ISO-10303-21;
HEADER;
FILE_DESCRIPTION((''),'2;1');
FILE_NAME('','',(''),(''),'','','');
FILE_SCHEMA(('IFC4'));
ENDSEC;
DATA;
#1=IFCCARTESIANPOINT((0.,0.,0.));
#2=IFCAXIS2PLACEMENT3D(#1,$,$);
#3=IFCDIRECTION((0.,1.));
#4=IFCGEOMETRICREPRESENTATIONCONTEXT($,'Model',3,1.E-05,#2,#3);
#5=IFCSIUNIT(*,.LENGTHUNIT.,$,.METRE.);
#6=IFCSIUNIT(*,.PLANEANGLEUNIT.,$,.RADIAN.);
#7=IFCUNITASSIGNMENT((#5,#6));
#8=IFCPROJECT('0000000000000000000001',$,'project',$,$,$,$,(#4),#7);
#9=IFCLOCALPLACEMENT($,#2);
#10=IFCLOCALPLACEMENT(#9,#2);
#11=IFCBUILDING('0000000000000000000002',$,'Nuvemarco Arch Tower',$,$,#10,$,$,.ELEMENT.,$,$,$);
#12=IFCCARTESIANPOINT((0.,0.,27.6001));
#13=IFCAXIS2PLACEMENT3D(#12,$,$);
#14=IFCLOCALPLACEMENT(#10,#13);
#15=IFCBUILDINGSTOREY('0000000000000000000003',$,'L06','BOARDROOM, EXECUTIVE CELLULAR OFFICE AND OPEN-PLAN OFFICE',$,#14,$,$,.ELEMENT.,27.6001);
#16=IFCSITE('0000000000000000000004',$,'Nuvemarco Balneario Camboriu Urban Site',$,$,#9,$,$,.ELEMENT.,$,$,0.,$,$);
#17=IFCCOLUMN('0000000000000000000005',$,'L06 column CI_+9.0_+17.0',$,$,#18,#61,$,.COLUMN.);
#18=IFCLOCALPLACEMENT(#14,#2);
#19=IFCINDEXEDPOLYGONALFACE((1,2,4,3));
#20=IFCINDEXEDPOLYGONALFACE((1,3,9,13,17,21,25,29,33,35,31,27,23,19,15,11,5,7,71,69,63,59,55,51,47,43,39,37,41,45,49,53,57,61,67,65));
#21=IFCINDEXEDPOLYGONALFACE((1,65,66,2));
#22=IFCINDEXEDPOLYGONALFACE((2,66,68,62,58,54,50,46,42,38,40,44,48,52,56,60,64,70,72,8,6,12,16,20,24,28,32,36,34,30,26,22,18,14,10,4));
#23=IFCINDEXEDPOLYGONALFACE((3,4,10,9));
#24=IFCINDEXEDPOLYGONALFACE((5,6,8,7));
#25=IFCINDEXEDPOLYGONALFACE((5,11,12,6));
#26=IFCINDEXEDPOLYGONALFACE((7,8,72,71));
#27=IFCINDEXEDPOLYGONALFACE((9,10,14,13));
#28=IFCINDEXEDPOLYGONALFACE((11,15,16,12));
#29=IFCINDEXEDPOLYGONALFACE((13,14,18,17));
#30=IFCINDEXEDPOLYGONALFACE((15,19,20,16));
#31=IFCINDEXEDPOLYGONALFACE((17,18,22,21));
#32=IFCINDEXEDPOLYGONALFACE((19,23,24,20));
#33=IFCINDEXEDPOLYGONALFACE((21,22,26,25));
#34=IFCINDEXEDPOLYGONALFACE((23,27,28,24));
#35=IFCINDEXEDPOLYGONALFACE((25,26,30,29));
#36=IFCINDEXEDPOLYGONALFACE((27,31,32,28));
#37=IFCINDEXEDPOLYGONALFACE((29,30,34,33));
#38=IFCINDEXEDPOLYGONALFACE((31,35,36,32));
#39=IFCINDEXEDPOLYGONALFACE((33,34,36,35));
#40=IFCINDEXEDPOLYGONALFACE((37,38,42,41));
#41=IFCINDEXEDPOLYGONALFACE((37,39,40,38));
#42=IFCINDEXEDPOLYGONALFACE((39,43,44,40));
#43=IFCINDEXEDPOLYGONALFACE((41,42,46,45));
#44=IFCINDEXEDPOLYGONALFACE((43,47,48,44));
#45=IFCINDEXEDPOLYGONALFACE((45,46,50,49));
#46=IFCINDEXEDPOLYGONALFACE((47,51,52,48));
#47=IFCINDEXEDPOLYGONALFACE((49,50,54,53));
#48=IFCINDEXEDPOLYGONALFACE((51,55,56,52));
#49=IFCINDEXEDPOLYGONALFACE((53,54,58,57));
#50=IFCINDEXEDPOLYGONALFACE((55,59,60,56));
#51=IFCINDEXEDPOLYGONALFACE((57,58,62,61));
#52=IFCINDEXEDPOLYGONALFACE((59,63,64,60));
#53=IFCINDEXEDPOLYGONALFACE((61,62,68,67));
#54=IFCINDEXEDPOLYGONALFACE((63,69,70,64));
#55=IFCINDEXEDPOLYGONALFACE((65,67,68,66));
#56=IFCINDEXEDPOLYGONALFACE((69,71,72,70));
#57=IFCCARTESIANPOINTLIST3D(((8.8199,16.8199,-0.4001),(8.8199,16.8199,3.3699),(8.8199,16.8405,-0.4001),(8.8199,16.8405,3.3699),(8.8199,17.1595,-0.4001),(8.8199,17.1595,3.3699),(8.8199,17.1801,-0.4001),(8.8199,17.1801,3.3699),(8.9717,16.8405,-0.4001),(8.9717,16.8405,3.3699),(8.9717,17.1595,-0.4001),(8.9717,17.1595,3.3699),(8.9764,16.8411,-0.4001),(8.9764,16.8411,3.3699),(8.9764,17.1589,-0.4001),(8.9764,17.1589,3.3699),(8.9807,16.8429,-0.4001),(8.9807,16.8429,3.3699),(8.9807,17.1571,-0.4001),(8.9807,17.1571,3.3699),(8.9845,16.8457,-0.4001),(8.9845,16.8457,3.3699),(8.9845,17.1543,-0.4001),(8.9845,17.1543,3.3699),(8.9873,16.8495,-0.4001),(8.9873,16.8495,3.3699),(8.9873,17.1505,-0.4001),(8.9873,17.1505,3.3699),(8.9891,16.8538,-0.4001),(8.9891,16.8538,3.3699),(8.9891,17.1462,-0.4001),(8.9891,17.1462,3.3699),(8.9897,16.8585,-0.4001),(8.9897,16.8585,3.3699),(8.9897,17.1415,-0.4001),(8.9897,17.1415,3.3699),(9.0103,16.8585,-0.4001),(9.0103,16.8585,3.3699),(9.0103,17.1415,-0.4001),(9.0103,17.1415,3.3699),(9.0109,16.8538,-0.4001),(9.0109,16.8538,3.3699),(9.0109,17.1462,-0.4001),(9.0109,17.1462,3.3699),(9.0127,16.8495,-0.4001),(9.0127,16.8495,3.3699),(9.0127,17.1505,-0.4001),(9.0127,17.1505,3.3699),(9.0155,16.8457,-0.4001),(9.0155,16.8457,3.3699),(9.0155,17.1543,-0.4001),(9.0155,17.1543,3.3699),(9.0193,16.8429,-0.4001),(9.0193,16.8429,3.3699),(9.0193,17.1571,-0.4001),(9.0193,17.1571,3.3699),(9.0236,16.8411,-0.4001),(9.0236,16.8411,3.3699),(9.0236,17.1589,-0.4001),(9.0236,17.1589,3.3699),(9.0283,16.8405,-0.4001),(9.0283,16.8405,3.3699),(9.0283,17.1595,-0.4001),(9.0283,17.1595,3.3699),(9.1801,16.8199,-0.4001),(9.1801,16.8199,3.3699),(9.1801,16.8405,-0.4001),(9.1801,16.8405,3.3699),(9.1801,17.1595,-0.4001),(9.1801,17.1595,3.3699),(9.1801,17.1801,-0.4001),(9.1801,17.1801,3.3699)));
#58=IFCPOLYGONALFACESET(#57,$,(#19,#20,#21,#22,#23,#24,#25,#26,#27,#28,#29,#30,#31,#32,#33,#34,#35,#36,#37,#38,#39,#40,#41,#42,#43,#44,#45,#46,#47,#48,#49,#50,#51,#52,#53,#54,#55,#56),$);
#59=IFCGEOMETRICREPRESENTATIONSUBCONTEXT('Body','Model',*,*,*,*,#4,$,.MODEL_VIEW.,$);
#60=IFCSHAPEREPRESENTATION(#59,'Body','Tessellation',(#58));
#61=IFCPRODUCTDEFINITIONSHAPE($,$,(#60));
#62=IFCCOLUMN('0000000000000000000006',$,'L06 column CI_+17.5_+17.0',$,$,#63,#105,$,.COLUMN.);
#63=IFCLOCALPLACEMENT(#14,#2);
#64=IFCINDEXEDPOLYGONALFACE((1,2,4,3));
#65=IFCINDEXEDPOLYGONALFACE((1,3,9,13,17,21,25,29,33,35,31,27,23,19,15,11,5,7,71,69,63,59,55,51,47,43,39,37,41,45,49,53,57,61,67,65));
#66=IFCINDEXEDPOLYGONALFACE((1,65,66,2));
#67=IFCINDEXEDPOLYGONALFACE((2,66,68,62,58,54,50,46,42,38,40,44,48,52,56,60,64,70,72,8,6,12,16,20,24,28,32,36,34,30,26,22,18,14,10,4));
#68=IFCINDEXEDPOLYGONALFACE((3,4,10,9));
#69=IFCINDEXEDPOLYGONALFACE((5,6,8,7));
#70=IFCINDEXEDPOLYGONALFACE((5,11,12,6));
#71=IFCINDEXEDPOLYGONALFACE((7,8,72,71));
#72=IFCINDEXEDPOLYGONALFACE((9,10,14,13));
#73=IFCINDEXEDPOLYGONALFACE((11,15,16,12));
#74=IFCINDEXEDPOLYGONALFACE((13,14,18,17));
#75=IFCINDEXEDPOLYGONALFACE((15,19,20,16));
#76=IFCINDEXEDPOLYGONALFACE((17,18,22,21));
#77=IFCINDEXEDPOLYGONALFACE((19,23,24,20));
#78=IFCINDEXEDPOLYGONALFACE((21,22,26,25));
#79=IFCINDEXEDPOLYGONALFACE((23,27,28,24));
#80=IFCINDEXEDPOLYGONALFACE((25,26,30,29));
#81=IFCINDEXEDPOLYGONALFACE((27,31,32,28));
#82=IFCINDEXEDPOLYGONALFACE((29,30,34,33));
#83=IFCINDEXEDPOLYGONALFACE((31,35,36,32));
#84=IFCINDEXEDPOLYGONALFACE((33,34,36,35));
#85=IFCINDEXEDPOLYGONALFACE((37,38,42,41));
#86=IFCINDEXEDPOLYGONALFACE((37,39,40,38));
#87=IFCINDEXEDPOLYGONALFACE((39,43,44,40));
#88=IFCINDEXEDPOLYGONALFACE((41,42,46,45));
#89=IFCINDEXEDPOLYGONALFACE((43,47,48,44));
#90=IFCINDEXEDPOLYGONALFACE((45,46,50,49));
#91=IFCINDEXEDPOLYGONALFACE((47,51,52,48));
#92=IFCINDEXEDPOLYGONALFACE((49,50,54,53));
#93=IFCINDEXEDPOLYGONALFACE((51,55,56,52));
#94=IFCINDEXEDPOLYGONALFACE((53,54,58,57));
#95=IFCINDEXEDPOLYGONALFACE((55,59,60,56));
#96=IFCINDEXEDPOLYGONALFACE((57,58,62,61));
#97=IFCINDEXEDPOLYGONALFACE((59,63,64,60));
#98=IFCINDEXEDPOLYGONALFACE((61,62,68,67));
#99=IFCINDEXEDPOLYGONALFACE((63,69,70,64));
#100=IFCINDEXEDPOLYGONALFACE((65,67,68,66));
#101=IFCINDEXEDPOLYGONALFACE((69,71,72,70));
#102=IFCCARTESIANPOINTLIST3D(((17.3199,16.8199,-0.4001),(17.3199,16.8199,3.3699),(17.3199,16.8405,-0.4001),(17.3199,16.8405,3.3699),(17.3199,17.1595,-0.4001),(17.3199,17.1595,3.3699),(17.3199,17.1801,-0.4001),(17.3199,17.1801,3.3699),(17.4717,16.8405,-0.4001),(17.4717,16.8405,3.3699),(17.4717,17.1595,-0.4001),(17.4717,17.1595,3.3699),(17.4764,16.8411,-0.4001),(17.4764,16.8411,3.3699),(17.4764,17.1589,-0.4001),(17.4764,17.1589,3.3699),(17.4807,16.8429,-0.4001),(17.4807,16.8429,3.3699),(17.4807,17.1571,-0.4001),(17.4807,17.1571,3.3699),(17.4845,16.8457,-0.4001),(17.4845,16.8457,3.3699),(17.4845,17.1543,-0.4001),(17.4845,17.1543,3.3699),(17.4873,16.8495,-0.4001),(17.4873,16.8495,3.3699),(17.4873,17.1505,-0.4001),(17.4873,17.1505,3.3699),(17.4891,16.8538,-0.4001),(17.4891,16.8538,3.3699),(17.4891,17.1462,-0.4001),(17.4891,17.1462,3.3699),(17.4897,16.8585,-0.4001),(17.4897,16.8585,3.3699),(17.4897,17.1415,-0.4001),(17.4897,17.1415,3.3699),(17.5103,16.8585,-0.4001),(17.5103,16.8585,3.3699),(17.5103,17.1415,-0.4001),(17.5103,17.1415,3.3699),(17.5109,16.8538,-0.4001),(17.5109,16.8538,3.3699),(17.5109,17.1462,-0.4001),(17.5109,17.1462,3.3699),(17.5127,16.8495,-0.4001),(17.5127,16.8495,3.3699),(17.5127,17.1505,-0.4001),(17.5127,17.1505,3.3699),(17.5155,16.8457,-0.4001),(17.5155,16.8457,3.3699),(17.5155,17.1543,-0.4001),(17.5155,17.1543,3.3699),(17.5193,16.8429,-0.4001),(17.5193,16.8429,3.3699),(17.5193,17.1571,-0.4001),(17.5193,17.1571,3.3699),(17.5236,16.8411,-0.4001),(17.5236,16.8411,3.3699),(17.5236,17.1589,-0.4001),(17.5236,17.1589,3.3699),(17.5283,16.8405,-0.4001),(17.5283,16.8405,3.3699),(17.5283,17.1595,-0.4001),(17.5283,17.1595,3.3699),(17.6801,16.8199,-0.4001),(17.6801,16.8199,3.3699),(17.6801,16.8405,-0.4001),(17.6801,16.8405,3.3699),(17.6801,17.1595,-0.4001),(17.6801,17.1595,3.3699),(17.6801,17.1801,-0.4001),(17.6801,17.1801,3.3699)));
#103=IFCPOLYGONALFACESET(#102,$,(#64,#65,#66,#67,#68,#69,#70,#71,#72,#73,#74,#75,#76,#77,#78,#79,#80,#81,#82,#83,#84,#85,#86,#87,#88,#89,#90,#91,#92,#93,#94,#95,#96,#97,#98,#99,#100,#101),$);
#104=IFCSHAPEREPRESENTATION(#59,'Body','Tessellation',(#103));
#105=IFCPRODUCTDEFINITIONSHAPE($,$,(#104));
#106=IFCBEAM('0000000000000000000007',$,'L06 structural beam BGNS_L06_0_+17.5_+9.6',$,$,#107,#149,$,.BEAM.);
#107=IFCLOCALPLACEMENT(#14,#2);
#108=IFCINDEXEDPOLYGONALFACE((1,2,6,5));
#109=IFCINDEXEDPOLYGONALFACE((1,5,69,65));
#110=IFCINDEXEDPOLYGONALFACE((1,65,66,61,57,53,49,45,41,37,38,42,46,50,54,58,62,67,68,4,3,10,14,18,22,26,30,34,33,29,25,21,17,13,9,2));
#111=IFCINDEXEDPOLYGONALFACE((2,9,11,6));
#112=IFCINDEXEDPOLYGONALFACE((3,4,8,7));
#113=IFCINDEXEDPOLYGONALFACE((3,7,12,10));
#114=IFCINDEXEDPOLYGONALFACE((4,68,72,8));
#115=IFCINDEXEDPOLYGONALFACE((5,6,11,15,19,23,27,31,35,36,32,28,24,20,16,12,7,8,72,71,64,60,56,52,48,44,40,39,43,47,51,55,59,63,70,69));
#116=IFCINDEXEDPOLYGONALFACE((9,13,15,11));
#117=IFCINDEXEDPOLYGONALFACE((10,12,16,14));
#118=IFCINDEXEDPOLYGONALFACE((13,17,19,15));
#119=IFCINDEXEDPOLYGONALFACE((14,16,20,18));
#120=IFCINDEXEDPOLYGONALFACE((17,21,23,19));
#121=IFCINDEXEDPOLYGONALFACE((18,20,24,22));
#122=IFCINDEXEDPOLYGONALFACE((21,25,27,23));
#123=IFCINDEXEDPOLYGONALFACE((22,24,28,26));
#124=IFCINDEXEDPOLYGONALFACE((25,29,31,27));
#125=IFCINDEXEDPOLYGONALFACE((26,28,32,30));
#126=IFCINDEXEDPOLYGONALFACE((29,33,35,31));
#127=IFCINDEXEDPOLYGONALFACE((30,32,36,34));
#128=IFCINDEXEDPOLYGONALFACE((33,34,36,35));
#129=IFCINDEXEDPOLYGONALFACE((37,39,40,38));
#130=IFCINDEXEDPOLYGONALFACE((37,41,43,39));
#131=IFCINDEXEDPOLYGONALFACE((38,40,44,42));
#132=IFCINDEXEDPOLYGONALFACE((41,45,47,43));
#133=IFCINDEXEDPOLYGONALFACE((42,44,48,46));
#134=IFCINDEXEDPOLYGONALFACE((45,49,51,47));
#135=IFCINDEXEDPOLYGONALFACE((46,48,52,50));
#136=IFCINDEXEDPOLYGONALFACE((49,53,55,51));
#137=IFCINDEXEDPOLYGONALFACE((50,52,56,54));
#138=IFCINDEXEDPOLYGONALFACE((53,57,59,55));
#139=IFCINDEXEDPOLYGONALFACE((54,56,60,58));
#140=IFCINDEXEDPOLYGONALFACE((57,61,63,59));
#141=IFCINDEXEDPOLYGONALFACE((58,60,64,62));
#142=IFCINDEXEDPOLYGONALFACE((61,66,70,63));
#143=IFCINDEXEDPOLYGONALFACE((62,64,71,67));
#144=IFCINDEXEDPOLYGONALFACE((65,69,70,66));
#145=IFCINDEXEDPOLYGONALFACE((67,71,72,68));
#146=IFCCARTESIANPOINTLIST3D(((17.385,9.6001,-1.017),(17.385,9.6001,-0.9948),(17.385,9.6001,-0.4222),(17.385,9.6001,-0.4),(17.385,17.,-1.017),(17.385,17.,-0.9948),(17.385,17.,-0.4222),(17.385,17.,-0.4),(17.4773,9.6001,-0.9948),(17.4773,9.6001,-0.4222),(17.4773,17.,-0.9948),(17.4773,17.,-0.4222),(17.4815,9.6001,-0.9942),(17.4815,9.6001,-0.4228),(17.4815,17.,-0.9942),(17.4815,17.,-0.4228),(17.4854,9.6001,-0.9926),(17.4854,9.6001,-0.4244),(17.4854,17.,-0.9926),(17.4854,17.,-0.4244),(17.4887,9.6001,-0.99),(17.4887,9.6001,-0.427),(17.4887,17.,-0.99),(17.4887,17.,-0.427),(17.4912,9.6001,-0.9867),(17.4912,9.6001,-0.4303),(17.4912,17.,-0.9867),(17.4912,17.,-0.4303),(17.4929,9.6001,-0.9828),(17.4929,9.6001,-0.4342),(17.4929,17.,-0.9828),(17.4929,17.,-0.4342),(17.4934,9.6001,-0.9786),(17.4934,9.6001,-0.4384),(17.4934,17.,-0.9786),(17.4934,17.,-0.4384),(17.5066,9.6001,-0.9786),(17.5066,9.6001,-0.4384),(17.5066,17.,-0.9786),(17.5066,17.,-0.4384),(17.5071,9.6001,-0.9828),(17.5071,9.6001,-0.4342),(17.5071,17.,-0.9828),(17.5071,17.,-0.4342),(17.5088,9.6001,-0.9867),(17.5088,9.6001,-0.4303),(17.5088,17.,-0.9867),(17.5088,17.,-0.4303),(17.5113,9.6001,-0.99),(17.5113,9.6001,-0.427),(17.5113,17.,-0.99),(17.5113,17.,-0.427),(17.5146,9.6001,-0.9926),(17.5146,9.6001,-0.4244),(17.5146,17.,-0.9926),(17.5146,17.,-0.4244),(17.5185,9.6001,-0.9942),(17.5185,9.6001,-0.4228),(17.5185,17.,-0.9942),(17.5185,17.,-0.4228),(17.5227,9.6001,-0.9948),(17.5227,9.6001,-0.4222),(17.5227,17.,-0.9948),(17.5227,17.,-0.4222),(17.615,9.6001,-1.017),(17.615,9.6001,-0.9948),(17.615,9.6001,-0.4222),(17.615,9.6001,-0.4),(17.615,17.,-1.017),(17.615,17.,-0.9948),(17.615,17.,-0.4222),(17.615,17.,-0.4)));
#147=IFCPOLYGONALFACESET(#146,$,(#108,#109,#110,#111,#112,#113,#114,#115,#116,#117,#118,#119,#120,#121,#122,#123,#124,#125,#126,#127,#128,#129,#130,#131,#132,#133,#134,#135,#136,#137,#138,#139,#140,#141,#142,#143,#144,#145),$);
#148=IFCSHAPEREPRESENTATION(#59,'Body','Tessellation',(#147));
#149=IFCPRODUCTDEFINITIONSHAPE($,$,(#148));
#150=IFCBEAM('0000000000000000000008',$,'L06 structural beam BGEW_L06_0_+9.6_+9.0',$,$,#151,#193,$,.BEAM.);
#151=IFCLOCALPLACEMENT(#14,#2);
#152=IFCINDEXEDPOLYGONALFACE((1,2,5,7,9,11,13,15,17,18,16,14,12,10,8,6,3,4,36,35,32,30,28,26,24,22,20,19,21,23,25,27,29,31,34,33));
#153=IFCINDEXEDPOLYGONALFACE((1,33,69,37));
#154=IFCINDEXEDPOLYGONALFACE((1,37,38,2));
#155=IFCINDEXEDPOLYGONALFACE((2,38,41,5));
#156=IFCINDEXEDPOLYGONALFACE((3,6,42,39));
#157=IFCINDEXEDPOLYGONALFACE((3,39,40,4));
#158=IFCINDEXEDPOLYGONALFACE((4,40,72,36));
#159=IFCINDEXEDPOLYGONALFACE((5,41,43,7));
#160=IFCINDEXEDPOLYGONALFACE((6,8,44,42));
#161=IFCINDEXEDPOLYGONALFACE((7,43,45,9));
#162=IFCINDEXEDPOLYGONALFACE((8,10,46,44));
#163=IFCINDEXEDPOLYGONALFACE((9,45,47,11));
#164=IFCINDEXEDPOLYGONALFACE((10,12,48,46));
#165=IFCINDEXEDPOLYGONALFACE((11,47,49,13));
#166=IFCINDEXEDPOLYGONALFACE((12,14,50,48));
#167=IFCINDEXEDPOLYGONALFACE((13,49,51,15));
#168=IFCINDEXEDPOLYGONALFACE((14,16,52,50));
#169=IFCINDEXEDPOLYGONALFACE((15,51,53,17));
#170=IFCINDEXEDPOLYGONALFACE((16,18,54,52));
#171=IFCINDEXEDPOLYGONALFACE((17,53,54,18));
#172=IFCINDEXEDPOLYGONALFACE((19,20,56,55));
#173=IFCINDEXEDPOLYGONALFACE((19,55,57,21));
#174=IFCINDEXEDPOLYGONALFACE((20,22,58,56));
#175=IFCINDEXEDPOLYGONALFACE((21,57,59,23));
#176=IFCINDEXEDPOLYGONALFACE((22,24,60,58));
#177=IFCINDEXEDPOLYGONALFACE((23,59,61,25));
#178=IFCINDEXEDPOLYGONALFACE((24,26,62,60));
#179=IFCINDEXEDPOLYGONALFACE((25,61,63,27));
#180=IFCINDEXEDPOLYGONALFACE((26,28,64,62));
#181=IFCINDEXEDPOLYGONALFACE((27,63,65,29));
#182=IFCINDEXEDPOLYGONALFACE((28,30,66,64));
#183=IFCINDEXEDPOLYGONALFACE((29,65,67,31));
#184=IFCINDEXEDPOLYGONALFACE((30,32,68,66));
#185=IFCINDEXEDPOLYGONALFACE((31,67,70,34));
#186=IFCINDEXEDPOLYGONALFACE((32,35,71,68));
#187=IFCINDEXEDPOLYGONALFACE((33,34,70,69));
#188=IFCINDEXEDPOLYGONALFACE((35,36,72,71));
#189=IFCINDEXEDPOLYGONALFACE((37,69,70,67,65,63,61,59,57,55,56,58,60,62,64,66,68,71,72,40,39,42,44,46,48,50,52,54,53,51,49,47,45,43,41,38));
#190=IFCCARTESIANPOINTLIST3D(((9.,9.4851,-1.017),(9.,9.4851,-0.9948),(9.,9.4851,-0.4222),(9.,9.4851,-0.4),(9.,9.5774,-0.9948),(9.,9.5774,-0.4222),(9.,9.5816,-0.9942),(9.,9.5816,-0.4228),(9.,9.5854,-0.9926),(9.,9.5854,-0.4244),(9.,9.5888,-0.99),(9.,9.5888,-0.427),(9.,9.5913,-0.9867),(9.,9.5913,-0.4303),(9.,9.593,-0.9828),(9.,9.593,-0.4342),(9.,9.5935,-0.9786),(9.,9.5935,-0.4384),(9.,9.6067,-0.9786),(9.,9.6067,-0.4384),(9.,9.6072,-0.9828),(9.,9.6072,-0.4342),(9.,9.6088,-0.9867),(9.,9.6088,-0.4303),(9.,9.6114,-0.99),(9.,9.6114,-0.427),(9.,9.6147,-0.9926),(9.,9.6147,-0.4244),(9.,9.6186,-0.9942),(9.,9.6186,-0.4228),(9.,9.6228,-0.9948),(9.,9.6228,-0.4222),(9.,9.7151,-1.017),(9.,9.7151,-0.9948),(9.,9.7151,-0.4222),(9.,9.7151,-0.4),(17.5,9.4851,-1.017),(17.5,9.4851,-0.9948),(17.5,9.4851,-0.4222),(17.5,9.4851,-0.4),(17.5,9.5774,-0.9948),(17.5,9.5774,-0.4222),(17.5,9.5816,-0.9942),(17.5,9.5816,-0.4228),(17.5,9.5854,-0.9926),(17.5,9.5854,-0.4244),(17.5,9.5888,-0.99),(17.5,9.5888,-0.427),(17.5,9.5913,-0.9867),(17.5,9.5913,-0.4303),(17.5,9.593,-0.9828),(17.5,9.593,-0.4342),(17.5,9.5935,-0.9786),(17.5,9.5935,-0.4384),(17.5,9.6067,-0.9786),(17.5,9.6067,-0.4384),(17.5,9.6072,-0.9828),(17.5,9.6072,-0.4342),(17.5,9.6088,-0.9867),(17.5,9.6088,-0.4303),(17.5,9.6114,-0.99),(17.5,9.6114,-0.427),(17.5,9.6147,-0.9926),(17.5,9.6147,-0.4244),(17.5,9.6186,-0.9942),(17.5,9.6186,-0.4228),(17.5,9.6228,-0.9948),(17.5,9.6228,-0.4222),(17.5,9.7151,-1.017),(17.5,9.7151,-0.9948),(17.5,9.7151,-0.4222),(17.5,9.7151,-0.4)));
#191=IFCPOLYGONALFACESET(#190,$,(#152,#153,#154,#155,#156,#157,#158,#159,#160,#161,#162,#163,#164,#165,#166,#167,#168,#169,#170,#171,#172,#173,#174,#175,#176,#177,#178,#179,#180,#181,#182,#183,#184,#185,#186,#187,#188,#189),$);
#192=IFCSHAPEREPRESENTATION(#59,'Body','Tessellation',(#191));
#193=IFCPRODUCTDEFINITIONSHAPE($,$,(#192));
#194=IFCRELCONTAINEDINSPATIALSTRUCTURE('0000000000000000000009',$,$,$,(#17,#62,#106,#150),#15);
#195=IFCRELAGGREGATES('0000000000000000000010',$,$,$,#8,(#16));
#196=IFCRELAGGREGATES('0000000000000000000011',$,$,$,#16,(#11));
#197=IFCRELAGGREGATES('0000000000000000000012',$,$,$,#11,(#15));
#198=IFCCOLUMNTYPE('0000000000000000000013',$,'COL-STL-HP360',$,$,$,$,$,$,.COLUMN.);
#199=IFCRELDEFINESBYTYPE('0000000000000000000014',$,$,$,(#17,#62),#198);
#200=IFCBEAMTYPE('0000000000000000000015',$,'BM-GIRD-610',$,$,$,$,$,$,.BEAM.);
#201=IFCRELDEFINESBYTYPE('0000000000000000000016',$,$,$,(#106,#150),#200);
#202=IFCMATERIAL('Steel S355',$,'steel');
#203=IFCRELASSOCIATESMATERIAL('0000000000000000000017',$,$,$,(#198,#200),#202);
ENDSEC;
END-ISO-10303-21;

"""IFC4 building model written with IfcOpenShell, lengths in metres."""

from ifc_helpers import new_model, si_unit, direction, frame, origin, origin_2d, place, context, subcontext, project, spatial, i_section, extrude, material, material_profile, profile_set, type_object, element, save


model = new_model("IFC4")

# Units and contexts
model_context = context("Model", 3, precision=1e-05, world=origin(), true_north=direction((0.0, 1.0)))
body_context = subcontext(model_context, "Body", "Model", "MODEL_VIEW")
ifc_project = project(units=[si_unit("LENGTHUNIT", "METRE"), si_unit("PLANEANGLEUNIT", "RADIAN")], contexts=[model_context])

# Site, building, storey
site_placement = place(None, origin())
site = spatial("IfcSite", under=ifc_project, at=site_placement, Name="Nuvemarco Balneario Camboriu Urban Site", CompositionType="ELEMENT", RefElevation=0.0)
building_placement = place(site_placement, origin())
building = spatial("IfcBuilding", under=site, at=building_placement, Name="Nuvemarco Arch Tower", CompositionType="ELEMENT")
storey_placement = place(building_placement, frame((0.0, 0.0, 27.6001)))
storey = spatial("IfcBuildingStorey", under=building, at=storey_placement, Name="L06", Description="BOARDROOM, EXECUTIVE CELLULAR OFFICE AND OPEN-PLAN OFFICE", CompositionType="ELEMENT", Elevation=27.6001)

# Columns
ifc_material_1 = material(Name="Steel S355", Category="steel")
ifc_material_profile_1 = material_profile(ifc_material_1, i_section(OverallWidth=0.3601, OverallDepth=0.3601, WebThickness=0.0205, FlangeThickness=0.0205, FilletRadius=0.0181, at=origin_2d()), Name="HP360x174")
ifc_profile_set_1 = profile_set([ifc_material_profile_1], Name="Steel S355")
column_type_1 = type_object("IfcColumnType", Name="COL-STL-HP360", PredefinedType="COLUMN", material=ifc_profile_set_1)
for number, where, z_axis, x_axis, name in (
    (1, (9.0, 17.0, -0.4001), (0.0, 0.0, 1.0), (1.0, 0.0, 0.0), "L06 column CI_+9.0_+17.0"),
    (2, (17.5, 17.0, -0.4001), (0.0, 0.0, 1.0), (1.0, 0.0, 0.0), "L06 column CI_+17.5_+17.0"),
):
    element("IfcColumn", number, at=place(storey_placement, frame(where, z_axis=z_axis, x_axis=x_axis)), inside=storey, type_object=column_type_1, Name=name, PredefinedType="COLUMN", context=body_context, shape_type="SweptSolid", body=[
        extrude(i_section(OverallWidth=0.3601, OverallDepth=0.3601, WebThickness=0.0205, FlangeThickness=0.0205, FilletRadius=0.0181, at=origin_2d()), origin(), (0.0, 0.0, 1.0), 3.77),
    ])

# Beams
ifc_material_profile_2 = material_profile(ifc_material_1, i_section(OverallWidth=0.23, OverallDepth=0.6169, WebThickness=0.0132, FlangeThickness=0.0222, FilletRadius=0.0161, at=origin_2d()), Name="W610x140")
ifc_profile_set_2 = profile_set([ifc_material_profile_2], Name="Steel S355")
beam_type_1 = type_object("IfcBeamType", Name="BM-GIRD-610", PredefinedType="BEAM", material=ifc_profile_set_2)
beam_1_placement = place(storey_placement, frame((17.5, 9.6001, -0.7085), z_axis=(0.0, 1.0, 0.0), x_axis=(-1.0, 0.0, 0.0)))
element("IfcBeam", 3, at=beam_1_placement, inside=storey, type_object=beam_type_1, Name="L06 structural beam BGNS_L06_0_+17.5_+9.6", PredefinedType="BEAM", context=body_context, shape_type="SweptSolid", body=[
    extrude(i_section(OverallWidth=0.23, OverallDepth=0.6169, WebThickness=0.0132, FlangeThickness=0.0222, FilletRadius=0.0161, at=origin_2d()), origin(), (0.0, 0.0, 1.0), 7.3999),
])
beam_2_placement = place(storey_placement, frame((9.0, 9.6001, -0.7085), z_axis=(1.0, 0.0, 0.0), x_axis=(0.0, 1.0, 0.0)))
element("IfcBeam", 4, at=beam_2_placement, inside=storey, type_object=beam_type_1, Name="L06 structural beam BGEW_L06_0_+9.6_+9.0", PredefinedType="BEAM", context=body_context, shape_type="SweptSolid", body=[
    extrude(i_section(OverallWidth=0.23, OverallDepth=0.6169, WebThickness=0.0132, FlangeThickness=0.0222, FilletRadius=0.0161, at=origin_2d()), origin(), (0.0, 0.0, 1.0), 8.5),
])

save(model, "model.ifc")
